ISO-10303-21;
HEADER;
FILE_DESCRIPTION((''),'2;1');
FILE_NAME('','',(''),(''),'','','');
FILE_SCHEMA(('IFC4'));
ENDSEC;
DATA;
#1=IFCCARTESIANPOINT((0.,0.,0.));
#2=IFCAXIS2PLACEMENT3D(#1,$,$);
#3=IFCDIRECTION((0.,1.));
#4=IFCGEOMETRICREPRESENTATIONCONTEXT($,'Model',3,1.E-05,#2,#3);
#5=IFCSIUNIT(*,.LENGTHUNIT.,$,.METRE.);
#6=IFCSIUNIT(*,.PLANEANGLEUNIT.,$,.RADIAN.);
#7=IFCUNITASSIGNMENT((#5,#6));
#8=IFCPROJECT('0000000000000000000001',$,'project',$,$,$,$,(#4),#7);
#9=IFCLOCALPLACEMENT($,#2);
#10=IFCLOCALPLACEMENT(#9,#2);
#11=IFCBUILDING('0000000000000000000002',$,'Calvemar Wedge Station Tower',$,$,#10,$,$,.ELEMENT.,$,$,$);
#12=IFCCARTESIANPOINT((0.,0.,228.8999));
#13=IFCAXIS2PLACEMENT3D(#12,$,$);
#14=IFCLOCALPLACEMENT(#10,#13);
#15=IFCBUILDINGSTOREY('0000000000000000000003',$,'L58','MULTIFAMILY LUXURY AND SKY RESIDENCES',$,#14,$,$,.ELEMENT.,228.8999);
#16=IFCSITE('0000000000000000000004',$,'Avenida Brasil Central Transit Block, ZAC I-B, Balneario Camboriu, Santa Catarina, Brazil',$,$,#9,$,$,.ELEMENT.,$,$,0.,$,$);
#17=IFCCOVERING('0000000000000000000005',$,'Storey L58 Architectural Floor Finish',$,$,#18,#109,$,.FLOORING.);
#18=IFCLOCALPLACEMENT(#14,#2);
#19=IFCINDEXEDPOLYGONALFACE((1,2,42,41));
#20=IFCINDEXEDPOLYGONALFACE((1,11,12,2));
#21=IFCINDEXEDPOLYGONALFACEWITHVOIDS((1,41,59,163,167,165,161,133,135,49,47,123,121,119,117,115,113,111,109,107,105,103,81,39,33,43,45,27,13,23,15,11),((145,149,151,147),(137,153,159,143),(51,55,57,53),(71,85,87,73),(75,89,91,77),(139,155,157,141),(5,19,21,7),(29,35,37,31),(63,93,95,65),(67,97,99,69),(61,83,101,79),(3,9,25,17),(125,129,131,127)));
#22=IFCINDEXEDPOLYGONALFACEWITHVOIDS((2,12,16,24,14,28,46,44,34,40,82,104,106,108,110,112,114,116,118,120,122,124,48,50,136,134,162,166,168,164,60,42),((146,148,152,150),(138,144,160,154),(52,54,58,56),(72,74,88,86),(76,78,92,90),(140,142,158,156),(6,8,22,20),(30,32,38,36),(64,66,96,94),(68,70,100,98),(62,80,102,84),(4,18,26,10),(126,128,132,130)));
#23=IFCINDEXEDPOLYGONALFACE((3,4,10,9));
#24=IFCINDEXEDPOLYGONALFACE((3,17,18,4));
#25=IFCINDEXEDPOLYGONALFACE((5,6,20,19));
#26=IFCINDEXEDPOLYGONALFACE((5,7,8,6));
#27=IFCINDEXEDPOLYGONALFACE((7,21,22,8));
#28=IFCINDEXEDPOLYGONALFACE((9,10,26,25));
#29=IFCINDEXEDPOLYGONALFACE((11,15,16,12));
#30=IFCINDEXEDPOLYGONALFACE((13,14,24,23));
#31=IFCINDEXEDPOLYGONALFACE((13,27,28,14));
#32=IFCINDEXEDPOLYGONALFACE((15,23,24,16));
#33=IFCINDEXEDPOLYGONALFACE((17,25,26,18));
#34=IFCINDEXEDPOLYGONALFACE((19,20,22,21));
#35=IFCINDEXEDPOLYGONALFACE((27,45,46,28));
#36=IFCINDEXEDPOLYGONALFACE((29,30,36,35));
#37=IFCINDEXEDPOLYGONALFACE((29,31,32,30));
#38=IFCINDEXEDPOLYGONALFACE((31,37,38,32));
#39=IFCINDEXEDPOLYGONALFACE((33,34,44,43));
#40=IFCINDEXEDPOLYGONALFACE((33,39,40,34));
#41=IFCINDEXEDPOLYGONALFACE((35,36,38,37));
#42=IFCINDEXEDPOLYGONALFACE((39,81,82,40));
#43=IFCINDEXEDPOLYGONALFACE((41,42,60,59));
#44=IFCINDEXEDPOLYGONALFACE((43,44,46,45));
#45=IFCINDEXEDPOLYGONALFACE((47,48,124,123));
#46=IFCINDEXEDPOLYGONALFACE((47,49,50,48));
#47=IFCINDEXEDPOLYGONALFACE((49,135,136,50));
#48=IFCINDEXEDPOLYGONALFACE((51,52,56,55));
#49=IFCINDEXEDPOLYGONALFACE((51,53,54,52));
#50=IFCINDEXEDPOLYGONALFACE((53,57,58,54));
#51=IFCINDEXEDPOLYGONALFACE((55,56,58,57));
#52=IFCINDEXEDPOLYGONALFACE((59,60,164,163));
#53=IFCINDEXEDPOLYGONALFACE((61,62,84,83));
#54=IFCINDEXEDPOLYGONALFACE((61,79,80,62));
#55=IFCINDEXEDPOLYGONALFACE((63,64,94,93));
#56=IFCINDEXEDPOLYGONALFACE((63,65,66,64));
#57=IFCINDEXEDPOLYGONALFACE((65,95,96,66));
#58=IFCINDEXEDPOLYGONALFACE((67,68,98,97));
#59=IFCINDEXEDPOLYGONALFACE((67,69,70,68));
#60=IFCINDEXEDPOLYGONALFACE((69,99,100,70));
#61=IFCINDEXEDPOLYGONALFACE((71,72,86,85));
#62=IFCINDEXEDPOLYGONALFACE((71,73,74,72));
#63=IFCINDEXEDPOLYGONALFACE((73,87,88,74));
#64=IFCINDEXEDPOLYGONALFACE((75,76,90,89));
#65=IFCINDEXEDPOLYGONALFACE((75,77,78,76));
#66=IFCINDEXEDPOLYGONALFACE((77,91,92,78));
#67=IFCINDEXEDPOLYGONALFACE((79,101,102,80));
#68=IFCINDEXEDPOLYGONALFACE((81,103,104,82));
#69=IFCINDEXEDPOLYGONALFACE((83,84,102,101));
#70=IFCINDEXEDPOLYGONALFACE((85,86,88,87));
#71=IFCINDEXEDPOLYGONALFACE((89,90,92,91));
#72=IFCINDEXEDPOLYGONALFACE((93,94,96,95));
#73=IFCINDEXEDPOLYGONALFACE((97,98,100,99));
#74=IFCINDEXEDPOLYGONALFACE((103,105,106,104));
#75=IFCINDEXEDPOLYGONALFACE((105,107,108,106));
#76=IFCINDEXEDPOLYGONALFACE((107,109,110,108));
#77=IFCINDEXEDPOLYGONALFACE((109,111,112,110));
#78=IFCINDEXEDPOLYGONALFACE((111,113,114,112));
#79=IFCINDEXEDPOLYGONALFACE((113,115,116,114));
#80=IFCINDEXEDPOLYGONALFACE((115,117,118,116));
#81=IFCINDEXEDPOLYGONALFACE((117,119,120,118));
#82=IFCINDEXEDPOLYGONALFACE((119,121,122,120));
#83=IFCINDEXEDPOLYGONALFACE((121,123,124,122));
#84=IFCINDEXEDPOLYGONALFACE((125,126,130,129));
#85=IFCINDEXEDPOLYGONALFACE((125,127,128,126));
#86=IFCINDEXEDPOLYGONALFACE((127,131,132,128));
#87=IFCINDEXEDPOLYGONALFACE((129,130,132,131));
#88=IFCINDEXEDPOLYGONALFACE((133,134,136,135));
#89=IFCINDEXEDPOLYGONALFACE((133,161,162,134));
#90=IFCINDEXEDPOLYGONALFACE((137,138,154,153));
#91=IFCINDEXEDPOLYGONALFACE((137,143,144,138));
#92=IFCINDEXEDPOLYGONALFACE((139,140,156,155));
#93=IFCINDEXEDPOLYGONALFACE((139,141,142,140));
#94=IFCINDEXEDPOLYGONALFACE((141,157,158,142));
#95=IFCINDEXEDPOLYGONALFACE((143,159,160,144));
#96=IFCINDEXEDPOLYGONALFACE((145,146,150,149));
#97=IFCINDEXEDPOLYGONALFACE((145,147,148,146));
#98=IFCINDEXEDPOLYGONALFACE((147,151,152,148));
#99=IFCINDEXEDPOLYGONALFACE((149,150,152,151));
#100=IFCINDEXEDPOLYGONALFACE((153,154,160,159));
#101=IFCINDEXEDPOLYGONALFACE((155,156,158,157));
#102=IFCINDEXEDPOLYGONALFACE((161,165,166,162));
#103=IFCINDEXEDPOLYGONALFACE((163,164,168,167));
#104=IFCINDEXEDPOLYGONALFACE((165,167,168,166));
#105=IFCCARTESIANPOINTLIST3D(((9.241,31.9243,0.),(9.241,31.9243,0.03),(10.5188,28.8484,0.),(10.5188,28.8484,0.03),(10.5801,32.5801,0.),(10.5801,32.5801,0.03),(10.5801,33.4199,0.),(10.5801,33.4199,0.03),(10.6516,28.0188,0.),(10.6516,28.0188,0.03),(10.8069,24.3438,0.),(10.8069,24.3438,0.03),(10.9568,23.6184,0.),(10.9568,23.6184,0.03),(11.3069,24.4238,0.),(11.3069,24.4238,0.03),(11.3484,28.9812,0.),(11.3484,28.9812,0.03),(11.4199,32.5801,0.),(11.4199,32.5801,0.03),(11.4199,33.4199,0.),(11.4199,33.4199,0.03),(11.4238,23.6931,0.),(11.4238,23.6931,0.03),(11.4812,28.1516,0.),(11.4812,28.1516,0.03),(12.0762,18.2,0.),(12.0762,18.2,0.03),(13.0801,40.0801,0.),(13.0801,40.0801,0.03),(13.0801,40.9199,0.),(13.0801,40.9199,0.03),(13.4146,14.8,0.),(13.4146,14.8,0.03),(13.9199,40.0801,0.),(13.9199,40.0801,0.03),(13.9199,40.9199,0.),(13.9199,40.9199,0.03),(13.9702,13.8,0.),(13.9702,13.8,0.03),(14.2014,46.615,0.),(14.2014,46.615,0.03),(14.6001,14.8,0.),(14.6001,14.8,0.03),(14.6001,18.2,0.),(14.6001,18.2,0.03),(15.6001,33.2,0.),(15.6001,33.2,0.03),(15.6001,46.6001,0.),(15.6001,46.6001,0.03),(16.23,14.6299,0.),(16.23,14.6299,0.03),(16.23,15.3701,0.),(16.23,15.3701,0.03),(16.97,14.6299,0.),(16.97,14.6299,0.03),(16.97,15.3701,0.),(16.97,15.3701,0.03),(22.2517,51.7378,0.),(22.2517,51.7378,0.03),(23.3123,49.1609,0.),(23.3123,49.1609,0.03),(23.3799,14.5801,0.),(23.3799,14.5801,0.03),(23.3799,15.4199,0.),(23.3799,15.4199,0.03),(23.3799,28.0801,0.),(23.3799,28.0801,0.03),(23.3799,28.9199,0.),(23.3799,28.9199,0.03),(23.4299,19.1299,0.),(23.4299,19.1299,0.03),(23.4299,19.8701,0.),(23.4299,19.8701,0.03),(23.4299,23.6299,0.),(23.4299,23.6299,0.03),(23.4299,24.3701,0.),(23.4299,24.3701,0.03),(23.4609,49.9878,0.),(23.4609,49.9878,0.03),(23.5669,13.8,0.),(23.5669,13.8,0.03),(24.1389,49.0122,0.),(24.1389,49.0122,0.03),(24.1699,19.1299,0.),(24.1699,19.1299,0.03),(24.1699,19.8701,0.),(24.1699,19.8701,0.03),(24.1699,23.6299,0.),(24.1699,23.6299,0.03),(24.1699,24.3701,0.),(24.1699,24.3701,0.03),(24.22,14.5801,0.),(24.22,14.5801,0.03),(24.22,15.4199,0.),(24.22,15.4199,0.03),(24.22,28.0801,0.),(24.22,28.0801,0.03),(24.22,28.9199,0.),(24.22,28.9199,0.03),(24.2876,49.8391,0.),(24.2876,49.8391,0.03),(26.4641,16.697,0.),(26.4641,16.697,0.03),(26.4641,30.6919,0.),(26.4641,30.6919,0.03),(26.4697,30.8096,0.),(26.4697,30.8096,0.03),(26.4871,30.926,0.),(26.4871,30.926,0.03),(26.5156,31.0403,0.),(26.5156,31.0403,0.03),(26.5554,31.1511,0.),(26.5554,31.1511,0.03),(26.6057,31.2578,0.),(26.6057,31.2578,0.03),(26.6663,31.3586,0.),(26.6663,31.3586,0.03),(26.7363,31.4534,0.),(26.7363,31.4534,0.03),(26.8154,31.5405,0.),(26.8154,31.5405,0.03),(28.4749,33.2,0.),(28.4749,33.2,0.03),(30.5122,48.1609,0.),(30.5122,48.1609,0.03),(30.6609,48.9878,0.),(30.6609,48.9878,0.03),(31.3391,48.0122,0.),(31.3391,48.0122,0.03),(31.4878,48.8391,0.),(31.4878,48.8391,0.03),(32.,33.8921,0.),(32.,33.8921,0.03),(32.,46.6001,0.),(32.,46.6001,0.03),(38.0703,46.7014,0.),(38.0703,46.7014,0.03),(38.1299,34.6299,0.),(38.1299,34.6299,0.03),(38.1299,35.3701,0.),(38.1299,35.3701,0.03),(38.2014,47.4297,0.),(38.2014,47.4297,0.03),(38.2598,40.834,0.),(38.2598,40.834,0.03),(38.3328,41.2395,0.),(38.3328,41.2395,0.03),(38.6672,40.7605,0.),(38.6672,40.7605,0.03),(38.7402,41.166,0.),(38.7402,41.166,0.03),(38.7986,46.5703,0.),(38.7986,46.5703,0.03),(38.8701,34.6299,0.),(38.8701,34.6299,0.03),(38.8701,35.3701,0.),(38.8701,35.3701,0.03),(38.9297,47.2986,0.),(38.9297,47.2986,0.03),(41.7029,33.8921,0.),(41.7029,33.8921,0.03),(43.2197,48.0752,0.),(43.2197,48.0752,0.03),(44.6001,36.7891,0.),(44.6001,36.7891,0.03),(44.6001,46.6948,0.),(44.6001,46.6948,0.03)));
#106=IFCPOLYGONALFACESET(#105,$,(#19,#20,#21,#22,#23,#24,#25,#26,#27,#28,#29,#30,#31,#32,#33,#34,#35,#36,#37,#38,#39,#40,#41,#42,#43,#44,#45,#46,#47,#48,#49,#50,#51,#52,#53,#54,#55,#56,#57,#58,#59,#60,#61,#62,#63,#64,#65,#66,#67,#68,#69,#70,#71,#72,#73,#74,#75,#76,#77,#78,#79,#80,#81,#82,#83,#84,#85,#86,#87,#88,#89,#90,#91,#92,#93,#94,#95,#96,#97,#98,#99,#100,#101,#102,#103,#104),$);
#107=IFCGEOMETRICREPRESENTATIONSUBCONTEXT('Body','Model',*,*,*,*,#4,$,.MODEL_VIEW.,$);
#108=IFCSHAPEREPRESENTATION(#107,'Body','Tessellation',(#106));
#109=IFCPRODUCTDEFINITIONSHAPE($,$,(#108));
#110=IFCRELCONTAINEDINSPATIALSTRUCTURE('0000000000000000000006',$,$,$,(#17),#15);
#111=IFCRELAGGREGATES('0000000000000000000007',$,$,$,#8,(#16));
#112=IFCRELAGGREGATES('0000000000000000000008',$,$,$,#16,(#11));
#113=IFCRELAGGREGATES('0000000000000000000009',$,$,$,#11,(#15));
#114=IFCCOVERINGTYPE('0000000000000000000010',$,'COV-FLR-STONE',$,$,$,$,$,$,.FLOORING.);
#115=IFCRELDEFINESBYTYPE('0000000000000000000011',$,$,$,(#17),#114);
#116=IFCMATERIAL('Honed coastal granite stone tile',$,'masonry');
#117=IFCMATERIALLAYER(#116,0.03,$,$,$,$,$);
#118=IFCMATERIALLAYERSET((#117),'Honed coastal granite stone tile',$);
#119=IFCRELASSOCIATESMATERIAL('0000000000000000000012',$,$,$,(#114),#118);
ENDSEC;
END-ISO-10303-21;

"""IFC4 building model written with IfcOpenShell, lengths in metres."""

from ifc_helpers import new_model, si_unit, direction, frame, origin, place, context, subcontext, project, spatial, polyline, outline, extrude, material, layer, layer_set, type_object, element, save


model = new_model("IFC4")

# Units and contexts
model_context = context("Model", 3, precision=1e-05, world=origin(), true_north=direction((0.0, 1.0)))
body_context = subcontext(model_context, "Body", "Model", "MODEL_VIEW")
ifc_project = project(units=[si_unit("LENGTHUNIT", "METRE"), si_unit("PLANEANGLEUNIT", "RADIAN")], contexts=[model_context])

# Site, building, storey
site_placement = place(None, origin())
site = spatial("IfcSite", under=ifc_project, at=site_placement, Name="Avenida Brasil Central Transit Block, ZAC I-B, Balneario Camboriu, Santa Catarina, Brazil", CompositionType="ELEMENT", RefElevation=0.0)
building_placement = place(site_placement, origin())
building = spatial("IfcBuilding", under=site, at=building_placement, Name="Calvemar Wedge Station Tower", CompositionType="ELEMENT")
storey_placement = place(building_placement, frame((0.0, 0.0, 228.8999)))
storey = spatial("IfcBuildingStorey", under=building, at=storey_placement, Name="L58", Description="MULTIFAMILY LUXURY AND SKY RESIDENCES", CompositionType="ELEMENT", Elevation=228.8999)

# Covering
ifc_material_1 = material(Name="Honed coastal granite stone tile", Category="masonry")
ifc_layer_1 = layer(ifc_material_1, 0.03)
ifc_layer_set_1 = layer_set([ifc_layer_1], Name="Honed coastal granite stone tile")
covering_type_1 = type_object("IfcCoveringType", Name="COV-FLR-STONE", PredefinedType="FLOORING", material=ifc_layer_set_1)
covering_1_placement = place(storey_placement, origin())
element("IfcCovering", 1, at=covering_1_placement, inside=storey, type_object=covering_type_1, Name="Storey L58 Architectural Floor Finish", PredefinedType="FLOORING", context=body_context, shape_type="SweptSolid", body=[
    extrude(outline(polyline([(26.6663, 31.3586), (26.7363, 31.4534), (26.8154, 31.5405), (28.4749, 33.2), (15.6001, 33.2), (15.6001, 46.6001), (32.0, 46.6001), (32.0, 33.8921), (41.7029, 33.8921), (44.6001, 36.7891), (44.6001, 46.6948), (43.2197, 48.0752), (22.2517, 51.7378), (14.2014, 46.615), (9.241, 31.9243), (10.8069, 24.3438), (11.3069, 24.4238), (11.4238, 23.6931), (10.9568, 23.6184), (12.0762, 18.2), (14.6001, 18.2), (14.6001, 14.8), (13.4146, 14.8), (13.9702, 13.8), (23.5669, 13.8), (26.4641, 16.697), (26.4641, 30.6919), (26.4697, 30.8096), (26.4871, 30.926), (26.5156, 31.0403), (26.5554, 31.1511), (26.6057, 31.2578), (26.6663, 31.3586)]), holes=[polyline([(11.4199, 33.4199), (11.4199, 32.5801), (10.5801, 32.5801), (10.5801, 33.4199), (11.4199, 33.4199)]), polyline([(13.9199, 40.0801), (13.0801, 40.0801), (13.0801, 40.9199), (13.9199, 40.9199), (13.9199, 40.0801)]), polyline([(23.3123, 49.1609), (23.4609, 49.9878), (24.2876, 49.8391), (24.1389, 49.0122), (23.3123, 49.1609)]), polyline([(30.6609, 48.9878), (31.4878, 48.8391), (31.3391, 48.0122), (30.5122, 48.1609), (30.6609, 48.9878)]), polyline([(38.9297, 47.2986), (38.7986, 46.5703), (38.0703, 46.7014), (38.2014, 47.4297), (38.9297, 47.2986)]), polyline([(38.8701, 34.6299), (38.1299, 34.6299), (38.1299, 35.3701), (38.8701, 35.3701), (38.8701, 34.6299)]), polyline([(38.2598, 40.834), (38.3328, 41.2395), (38.7402, 41.166), (38.6672, 40.7605), (38.2598, 40.834)]), polyline([(11.3484, 28.9812), (11.4812, 28.1516), (10.6516, 28.0188), (10.5188, 28.8484), (11.3484, 28.9812)]), polyline([(24.22, 28.0801), (23.3799, 28.0801), (23.3799, 28.9199), (24.22, 28.9199), (24.22, 28.0801)]), polyline([(23.4299, 23.6299), (23.4299, 24.3701), (24.1699, 24.3701), (24.1699, 23.6299), (23.4299, 23.6299)]), polyline([(23.4299, 19.8701), (24.1699, 19.8701), (24.1699, 19.1299), (23.4299, 19.1299), (23.4299, 19.8701)]), polyline([(24.22, 15.4199), (24.22, 14.5801), (23.3799, 14.5801), (23.3799, 15.4199), (24.22, 15.4199)]), polyline([(16.97, 14.6299), (16.23, 14.6299), (16.23, 15.3701), (16.97, 15.3701), (16.97, 14.6299)])]), origin(), (0.0, 0.0, 1.0), 0.03),
])

save(model, "model.ifc")
